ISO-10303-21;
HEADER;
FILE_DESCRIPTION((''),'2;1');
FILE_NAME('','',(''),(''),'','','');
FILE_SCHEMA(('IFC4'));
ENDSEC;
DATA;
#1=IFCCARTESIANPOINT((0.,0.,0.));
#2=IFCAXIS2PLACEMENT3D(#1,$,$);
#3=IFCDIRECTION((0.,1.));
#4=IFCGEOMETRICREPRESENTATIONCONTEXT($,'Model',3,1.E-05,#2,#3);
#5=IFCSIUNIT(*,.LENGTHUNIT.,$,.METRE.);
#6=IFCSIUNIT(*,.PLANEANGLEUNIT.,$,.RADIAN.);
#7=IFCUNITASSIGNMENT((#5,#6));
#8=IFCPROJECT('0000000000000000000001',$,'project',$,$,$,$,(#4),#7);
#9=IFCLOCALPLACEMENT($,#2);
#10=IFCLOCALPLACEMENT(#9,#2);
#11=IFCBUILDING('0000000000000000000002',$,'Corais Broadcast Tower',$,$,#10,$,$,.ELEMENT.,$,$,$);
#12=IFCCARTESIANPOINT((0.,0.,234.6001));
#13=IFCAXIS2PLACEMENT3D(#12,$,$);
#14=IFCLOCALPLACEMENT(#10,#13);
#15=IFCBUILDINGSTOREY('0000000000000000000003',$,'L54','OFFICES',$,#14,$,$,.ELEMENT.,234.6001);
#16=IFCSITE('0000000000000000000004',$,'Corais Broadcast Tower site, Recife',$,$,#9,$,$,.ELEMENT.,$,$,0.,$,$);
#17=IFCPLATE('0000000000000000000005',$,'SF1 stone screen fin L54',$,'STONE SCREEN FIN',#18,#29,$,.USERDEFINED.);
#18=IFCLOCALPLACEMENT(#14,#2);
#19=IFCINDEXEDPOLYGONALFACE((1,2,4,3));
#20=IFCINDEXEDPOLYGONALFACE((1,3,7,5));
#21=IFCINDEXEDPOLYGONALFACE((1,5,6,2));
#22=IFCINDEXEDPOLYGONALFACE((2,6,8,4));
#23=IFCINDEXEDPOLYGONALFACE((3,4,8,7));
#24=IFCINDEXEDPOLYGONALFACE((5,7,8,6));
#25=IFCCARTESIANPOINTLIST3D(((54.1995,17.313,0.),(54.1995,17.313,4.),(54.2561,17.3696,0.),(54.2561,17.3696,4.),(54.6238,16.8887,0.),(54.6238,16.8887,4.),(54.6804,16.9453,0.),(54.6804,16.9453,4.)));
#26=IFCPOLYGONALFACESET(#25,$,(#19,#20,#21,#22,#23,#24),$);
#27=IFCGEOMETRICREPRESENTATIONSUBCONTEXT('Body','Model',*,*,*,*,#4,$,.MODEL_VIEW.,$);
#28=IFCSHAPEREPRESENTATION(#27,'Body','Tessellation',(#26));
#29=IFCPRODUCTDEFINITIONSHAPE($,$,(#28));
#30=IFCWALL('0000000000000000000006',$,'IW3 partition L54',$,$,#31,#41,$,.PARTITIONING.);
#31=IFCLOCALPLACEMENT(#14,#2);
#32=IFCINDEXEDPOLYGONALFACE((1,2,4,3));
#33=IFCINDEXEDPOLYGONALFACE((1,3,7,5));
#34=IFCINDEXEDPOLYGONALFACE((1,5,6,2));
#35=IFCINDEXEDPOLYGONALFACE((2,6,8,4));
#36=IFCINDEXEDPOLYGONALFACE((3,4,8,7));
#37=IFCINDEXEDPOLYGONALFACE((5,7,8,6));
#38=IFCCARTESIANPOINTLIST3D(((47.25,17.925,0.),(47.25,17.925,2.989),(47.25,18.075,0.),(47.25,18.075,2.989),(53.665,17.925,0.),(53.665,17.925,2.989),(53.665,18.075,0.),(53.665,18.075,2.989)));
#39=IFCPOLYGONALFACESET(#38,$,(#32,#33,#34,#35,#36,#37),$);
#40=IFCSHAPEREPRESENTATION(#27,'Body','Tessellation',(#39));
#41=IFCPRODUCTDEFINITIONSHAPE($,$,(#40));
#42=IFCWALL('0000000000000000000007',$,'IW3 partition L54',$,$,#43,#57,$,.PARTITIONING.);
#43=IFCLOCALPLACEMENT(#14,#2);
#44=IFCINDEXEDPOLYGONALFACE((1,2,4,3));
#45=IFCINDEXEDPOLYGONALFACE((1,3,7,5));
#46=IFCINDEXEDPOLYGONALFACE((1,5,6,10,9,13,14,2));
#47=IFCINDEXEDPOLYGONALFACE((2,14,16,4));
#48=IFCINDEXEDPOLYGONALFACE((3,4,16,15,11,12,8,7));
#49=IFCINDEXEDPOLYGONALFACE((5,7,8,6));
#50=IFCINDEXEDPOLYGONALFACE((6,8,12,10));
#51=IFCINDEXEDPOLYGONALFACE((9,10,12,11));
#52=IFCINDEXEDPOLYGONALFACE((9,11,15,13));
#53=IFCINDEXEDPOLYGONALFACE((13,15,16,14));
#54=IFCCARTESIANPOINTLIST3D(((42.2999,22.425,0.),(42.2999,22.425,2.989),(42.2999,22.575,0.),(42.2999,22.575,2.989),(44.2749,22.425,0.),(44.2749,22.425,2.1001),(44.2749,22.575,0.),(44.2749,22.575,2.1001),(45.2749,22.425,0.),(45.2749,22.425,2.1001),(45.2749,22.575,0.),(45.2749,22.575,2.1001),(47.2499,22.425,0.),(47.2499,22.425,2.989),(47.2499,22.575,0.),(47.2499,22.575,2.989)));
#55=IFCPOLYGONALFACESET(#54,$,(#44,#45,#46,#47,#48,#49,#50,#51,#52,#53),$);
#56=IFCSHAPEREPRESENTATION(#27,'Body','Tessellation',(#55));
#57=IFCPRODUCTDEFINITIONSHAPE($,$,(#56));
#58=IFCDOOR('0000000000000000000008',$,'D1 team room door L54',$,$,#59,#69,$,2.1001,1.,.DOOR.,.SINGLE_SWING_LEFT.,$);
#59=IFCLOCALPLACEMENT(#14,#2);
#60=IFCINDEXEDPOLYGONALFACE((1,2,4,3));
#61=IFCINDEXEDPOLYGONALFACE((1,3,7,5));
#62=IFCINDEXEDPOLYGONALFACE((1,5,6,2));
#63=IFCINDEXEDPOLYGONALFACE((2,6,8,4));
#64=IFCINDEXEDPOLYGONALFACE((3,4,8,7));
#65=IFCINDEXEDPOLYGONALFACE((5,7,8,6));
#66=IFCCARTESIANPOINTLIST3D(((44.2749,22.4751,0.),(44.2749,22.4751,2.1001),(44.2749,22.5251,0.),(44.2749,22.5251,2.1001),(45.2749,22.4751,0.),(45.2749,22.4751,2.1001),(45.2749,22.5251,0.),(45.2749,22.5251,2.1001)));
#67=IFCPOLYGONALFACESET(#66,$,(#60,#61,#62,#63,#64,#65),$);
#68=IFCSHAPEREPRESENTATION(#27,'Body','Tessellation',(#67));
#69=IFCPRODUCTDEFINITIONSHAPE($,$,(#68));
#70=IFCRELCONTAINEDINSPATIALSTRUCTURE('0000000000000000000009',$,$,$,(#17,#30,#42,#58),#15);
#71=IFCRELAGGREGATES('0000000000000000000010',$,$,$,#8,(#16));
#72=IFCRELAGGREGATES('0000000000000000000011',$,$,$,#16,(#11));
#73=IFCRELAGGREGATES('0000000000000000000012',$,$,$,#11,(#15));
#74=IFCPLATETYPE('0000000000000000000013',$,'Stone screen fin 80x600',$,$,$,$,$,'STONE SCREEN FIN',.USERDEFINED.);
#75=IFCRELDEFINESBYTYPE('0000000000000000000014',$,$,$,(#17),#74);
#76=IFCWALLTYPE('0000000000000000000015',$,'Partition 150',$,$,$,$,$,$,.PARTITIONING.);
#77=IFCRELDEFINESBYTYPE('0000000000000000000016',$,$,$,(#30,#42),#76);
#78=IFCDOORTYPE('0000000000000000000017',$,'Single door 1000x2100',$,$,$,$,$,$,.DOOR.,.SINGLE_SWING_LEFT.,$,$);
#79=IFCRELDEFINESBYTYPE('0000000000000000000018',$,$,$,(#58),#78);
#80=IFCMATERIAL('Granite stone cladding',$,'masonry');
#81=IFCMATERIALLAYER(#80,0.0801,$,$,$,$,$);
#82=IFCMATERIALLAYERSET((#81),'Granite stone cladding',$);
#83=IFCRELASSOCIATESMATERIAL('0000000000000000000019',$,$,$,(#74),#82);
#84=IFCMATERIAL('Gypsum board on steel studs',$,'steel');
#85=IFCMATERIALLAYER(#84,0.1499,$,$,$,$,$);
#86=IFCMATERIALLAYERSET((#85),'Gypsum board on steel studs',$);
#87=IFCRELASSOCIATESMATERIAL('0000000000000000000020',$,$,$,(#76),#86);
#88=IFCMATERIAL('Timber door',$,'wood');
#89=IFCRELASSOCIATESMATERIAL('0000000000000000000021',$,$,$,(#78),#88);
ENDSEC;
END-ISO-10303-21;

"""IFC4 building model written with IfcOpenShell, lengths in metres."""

from ifc_helpers import new_model, si_unit, direction, frame, frame_2d, origin, origin_2d, place, context, subcontext, project, spatial, rectangle, extrude, material, layer, layer_set, type_object, element, fill, save


model = new_model("IFC4")

# Units and contexts
model_context = context("Model", 3, precision=1e-05, world=origin(), true_north=direction((0.0, 1.0)))
body_context = subcontext(model_context, "Body", "Model", "MODEL_VIEW")
ifc_project = project(units=[si_unit("LENGTHUNIT", "METRE"), si_unit("PLANEANGLEUNIT", "RADIAN")], contexts=[model_context])

# Site, building, storey
site_placement = place(None, origin())
site = spatial("IfcSite", under=ifc_project, at=site_placement, Name="Corais Broadcast Tower site, Recife", CompositionType="ELEMENT", RefElevation=0.0)
building_placement = place(site_placement, origin())
building = spatial("IfcBuilding", under=site, at=building_placement, Name="Corais Broadcast Tower", CompositionType="ELEMENT")
storey_placement = place(building_placement, frame((0.0, 0.0, 234.6001)))
storey = spatial("IfcBuildingStorey", under=building, at=storey_placement, Name="L54", Description="OFFICES", CompositionType="ELEMENT", Elevation=234.6001)

# Plate
ifc_material_1 = material(Name="Granite stone cladding", Category="masonry")
ifc_layer_1 = layer(ifc_material_1, 0.0801)
ifc_layer_set_1 = layer_set([ifc_layer_1], Name="Granite stone cladding")
plate_type_1 = type_object("IfcPlateType", Name="Stone screen fin 80x600", ElementType="STONE SCREEN FIN", PredefinedType="USERDEFINED", material=ifc_layer_set_1)
plate_1_placement = place(storey_placement, frame((54.4399, 17.1292, 0.0), z_axis=(0.0, 0.0, 1.0), x_axis=(-0.707107, -0.707107, 0.0)))
element("IfcPlate", 1, at=plate_1_placement, inside=storey, type_object=plate_type_1, Name="SF1 stone screen fin L54", ObjectType="STONE SCREEN FIN", PredefinedType="USERDEFINED", context=body_context, shape_type="SweptSolid", body=[
    extrude(rectangle(XDim=0.0801, YDim=0.6001, at=origin_2d()), origin(), (0.0, 0.0, 1.0), 4.0),
])

# Wall
ifc_material_2 = material(Name="Gypsum board on steel studs", Category="steel")
ifc_layer_2 = layer(ifc_material_2, 0.1499)
ifc_layer_set_2 = layer_set([ifc_layer_2], Name="Gypsum board on steel studs")
wall_type = type_object("IfcWallType", Name="Partition 150", PredefinedType="PARTITIONING", material=ifc_layer_set_2)
wall_1_placement = place(storey_placement, frame((47.25, 18.0, 0.0), z_axis=(0.0, 0.0, 1.0), x_axis=(1.0, 0.0, 0.0)))
element("IfcWall", 2, at=wall_1_placement, inside=storey, type_object=wall_type, Name="IW3 partition L54", PredefinedType="PARTITIONING", context=body_context, shape_type="SweptSolid", body=[
    extrude(rectangle(XDim=6.415, YDim=0.1499, at=frame_2d((3.2075, 0.0))), origin(), (0.0, 0.0, 1.0), 2.989),
])

# Wall, opening, door
wall_2_placement = place(storey_placement, frame((47.25, 22.5, 0.0), z_axis=(0.0, 0.0, 1.0), x_axis=(-1.0, 0.0, 0.0)))
wall_2 = element("IfcWall", 3, at=wall_2_placement, inside=storey, type_object=wall_type, Name="IW3 partition L54", PredefinedType="PARTITIONING", context=body_context, shape_type="SweptSolid", body=[
    extrude(rectangle(XDim=4.95, YDim=0.1499, at=frame_2d((2.4751, 0.0))), origin(), (0.0, 0.0, 1.0), 2.989),
])
opening_placement = place(wall_2_placement, frame((1.9751, 0.0, 0.0)))
opening = element("IfcOpeningElement", 4, at=opening_placement, cuts=wall_2, PredefinedType="OPENING", context=body_context, shape_type="SweptSolid", body=[
    extrude(rectangle(XDim=1.0, YDim=2.1001, at=frame_2d((0.5, 1.05))), frame((0.0, 0.085, 0.0), z_axis=(0.0, -1.0, 0.0), x_axis=(1.0, 0.0, 0.0)), (0.0, 0.0, 1.0), 0.1699),
])
ifc_material_3 = material(Name="Timber door", Category="wood")
door_type = type_object("IfcDoorType", Name="Single door 1000x2100", OperationType="SINGLE_SWING_LEFT", PredefinedType="DOOR", material=ifc_material_3)
door_placement = place(opening_placement, origin())
door = element("IfcDoor", 5, at=door_placement, inside=storey, type_object=door_type, Name="D1 team room door L54", OperationType="SINGLE_SWING_LEFT", OverallHeight=2.1001, OverallWidth=1.0, PredefinedType="DOOR", context=body_context, shape_type="SweptSolid", body=[
    extrude(rectangle(XDim=1.0, YDim=2.1001, at=frame_2d((0.5, 1.05))), frame((0.0, 0.0249, 0.0), z_axis=(0.0, -1.0, 0.0), x_axis=(1.0, 0.0, 0.0)), (0.0, 0.0, 1.0), 0.05),
])
fill(opening, door)

save(model, "model.ifc")
